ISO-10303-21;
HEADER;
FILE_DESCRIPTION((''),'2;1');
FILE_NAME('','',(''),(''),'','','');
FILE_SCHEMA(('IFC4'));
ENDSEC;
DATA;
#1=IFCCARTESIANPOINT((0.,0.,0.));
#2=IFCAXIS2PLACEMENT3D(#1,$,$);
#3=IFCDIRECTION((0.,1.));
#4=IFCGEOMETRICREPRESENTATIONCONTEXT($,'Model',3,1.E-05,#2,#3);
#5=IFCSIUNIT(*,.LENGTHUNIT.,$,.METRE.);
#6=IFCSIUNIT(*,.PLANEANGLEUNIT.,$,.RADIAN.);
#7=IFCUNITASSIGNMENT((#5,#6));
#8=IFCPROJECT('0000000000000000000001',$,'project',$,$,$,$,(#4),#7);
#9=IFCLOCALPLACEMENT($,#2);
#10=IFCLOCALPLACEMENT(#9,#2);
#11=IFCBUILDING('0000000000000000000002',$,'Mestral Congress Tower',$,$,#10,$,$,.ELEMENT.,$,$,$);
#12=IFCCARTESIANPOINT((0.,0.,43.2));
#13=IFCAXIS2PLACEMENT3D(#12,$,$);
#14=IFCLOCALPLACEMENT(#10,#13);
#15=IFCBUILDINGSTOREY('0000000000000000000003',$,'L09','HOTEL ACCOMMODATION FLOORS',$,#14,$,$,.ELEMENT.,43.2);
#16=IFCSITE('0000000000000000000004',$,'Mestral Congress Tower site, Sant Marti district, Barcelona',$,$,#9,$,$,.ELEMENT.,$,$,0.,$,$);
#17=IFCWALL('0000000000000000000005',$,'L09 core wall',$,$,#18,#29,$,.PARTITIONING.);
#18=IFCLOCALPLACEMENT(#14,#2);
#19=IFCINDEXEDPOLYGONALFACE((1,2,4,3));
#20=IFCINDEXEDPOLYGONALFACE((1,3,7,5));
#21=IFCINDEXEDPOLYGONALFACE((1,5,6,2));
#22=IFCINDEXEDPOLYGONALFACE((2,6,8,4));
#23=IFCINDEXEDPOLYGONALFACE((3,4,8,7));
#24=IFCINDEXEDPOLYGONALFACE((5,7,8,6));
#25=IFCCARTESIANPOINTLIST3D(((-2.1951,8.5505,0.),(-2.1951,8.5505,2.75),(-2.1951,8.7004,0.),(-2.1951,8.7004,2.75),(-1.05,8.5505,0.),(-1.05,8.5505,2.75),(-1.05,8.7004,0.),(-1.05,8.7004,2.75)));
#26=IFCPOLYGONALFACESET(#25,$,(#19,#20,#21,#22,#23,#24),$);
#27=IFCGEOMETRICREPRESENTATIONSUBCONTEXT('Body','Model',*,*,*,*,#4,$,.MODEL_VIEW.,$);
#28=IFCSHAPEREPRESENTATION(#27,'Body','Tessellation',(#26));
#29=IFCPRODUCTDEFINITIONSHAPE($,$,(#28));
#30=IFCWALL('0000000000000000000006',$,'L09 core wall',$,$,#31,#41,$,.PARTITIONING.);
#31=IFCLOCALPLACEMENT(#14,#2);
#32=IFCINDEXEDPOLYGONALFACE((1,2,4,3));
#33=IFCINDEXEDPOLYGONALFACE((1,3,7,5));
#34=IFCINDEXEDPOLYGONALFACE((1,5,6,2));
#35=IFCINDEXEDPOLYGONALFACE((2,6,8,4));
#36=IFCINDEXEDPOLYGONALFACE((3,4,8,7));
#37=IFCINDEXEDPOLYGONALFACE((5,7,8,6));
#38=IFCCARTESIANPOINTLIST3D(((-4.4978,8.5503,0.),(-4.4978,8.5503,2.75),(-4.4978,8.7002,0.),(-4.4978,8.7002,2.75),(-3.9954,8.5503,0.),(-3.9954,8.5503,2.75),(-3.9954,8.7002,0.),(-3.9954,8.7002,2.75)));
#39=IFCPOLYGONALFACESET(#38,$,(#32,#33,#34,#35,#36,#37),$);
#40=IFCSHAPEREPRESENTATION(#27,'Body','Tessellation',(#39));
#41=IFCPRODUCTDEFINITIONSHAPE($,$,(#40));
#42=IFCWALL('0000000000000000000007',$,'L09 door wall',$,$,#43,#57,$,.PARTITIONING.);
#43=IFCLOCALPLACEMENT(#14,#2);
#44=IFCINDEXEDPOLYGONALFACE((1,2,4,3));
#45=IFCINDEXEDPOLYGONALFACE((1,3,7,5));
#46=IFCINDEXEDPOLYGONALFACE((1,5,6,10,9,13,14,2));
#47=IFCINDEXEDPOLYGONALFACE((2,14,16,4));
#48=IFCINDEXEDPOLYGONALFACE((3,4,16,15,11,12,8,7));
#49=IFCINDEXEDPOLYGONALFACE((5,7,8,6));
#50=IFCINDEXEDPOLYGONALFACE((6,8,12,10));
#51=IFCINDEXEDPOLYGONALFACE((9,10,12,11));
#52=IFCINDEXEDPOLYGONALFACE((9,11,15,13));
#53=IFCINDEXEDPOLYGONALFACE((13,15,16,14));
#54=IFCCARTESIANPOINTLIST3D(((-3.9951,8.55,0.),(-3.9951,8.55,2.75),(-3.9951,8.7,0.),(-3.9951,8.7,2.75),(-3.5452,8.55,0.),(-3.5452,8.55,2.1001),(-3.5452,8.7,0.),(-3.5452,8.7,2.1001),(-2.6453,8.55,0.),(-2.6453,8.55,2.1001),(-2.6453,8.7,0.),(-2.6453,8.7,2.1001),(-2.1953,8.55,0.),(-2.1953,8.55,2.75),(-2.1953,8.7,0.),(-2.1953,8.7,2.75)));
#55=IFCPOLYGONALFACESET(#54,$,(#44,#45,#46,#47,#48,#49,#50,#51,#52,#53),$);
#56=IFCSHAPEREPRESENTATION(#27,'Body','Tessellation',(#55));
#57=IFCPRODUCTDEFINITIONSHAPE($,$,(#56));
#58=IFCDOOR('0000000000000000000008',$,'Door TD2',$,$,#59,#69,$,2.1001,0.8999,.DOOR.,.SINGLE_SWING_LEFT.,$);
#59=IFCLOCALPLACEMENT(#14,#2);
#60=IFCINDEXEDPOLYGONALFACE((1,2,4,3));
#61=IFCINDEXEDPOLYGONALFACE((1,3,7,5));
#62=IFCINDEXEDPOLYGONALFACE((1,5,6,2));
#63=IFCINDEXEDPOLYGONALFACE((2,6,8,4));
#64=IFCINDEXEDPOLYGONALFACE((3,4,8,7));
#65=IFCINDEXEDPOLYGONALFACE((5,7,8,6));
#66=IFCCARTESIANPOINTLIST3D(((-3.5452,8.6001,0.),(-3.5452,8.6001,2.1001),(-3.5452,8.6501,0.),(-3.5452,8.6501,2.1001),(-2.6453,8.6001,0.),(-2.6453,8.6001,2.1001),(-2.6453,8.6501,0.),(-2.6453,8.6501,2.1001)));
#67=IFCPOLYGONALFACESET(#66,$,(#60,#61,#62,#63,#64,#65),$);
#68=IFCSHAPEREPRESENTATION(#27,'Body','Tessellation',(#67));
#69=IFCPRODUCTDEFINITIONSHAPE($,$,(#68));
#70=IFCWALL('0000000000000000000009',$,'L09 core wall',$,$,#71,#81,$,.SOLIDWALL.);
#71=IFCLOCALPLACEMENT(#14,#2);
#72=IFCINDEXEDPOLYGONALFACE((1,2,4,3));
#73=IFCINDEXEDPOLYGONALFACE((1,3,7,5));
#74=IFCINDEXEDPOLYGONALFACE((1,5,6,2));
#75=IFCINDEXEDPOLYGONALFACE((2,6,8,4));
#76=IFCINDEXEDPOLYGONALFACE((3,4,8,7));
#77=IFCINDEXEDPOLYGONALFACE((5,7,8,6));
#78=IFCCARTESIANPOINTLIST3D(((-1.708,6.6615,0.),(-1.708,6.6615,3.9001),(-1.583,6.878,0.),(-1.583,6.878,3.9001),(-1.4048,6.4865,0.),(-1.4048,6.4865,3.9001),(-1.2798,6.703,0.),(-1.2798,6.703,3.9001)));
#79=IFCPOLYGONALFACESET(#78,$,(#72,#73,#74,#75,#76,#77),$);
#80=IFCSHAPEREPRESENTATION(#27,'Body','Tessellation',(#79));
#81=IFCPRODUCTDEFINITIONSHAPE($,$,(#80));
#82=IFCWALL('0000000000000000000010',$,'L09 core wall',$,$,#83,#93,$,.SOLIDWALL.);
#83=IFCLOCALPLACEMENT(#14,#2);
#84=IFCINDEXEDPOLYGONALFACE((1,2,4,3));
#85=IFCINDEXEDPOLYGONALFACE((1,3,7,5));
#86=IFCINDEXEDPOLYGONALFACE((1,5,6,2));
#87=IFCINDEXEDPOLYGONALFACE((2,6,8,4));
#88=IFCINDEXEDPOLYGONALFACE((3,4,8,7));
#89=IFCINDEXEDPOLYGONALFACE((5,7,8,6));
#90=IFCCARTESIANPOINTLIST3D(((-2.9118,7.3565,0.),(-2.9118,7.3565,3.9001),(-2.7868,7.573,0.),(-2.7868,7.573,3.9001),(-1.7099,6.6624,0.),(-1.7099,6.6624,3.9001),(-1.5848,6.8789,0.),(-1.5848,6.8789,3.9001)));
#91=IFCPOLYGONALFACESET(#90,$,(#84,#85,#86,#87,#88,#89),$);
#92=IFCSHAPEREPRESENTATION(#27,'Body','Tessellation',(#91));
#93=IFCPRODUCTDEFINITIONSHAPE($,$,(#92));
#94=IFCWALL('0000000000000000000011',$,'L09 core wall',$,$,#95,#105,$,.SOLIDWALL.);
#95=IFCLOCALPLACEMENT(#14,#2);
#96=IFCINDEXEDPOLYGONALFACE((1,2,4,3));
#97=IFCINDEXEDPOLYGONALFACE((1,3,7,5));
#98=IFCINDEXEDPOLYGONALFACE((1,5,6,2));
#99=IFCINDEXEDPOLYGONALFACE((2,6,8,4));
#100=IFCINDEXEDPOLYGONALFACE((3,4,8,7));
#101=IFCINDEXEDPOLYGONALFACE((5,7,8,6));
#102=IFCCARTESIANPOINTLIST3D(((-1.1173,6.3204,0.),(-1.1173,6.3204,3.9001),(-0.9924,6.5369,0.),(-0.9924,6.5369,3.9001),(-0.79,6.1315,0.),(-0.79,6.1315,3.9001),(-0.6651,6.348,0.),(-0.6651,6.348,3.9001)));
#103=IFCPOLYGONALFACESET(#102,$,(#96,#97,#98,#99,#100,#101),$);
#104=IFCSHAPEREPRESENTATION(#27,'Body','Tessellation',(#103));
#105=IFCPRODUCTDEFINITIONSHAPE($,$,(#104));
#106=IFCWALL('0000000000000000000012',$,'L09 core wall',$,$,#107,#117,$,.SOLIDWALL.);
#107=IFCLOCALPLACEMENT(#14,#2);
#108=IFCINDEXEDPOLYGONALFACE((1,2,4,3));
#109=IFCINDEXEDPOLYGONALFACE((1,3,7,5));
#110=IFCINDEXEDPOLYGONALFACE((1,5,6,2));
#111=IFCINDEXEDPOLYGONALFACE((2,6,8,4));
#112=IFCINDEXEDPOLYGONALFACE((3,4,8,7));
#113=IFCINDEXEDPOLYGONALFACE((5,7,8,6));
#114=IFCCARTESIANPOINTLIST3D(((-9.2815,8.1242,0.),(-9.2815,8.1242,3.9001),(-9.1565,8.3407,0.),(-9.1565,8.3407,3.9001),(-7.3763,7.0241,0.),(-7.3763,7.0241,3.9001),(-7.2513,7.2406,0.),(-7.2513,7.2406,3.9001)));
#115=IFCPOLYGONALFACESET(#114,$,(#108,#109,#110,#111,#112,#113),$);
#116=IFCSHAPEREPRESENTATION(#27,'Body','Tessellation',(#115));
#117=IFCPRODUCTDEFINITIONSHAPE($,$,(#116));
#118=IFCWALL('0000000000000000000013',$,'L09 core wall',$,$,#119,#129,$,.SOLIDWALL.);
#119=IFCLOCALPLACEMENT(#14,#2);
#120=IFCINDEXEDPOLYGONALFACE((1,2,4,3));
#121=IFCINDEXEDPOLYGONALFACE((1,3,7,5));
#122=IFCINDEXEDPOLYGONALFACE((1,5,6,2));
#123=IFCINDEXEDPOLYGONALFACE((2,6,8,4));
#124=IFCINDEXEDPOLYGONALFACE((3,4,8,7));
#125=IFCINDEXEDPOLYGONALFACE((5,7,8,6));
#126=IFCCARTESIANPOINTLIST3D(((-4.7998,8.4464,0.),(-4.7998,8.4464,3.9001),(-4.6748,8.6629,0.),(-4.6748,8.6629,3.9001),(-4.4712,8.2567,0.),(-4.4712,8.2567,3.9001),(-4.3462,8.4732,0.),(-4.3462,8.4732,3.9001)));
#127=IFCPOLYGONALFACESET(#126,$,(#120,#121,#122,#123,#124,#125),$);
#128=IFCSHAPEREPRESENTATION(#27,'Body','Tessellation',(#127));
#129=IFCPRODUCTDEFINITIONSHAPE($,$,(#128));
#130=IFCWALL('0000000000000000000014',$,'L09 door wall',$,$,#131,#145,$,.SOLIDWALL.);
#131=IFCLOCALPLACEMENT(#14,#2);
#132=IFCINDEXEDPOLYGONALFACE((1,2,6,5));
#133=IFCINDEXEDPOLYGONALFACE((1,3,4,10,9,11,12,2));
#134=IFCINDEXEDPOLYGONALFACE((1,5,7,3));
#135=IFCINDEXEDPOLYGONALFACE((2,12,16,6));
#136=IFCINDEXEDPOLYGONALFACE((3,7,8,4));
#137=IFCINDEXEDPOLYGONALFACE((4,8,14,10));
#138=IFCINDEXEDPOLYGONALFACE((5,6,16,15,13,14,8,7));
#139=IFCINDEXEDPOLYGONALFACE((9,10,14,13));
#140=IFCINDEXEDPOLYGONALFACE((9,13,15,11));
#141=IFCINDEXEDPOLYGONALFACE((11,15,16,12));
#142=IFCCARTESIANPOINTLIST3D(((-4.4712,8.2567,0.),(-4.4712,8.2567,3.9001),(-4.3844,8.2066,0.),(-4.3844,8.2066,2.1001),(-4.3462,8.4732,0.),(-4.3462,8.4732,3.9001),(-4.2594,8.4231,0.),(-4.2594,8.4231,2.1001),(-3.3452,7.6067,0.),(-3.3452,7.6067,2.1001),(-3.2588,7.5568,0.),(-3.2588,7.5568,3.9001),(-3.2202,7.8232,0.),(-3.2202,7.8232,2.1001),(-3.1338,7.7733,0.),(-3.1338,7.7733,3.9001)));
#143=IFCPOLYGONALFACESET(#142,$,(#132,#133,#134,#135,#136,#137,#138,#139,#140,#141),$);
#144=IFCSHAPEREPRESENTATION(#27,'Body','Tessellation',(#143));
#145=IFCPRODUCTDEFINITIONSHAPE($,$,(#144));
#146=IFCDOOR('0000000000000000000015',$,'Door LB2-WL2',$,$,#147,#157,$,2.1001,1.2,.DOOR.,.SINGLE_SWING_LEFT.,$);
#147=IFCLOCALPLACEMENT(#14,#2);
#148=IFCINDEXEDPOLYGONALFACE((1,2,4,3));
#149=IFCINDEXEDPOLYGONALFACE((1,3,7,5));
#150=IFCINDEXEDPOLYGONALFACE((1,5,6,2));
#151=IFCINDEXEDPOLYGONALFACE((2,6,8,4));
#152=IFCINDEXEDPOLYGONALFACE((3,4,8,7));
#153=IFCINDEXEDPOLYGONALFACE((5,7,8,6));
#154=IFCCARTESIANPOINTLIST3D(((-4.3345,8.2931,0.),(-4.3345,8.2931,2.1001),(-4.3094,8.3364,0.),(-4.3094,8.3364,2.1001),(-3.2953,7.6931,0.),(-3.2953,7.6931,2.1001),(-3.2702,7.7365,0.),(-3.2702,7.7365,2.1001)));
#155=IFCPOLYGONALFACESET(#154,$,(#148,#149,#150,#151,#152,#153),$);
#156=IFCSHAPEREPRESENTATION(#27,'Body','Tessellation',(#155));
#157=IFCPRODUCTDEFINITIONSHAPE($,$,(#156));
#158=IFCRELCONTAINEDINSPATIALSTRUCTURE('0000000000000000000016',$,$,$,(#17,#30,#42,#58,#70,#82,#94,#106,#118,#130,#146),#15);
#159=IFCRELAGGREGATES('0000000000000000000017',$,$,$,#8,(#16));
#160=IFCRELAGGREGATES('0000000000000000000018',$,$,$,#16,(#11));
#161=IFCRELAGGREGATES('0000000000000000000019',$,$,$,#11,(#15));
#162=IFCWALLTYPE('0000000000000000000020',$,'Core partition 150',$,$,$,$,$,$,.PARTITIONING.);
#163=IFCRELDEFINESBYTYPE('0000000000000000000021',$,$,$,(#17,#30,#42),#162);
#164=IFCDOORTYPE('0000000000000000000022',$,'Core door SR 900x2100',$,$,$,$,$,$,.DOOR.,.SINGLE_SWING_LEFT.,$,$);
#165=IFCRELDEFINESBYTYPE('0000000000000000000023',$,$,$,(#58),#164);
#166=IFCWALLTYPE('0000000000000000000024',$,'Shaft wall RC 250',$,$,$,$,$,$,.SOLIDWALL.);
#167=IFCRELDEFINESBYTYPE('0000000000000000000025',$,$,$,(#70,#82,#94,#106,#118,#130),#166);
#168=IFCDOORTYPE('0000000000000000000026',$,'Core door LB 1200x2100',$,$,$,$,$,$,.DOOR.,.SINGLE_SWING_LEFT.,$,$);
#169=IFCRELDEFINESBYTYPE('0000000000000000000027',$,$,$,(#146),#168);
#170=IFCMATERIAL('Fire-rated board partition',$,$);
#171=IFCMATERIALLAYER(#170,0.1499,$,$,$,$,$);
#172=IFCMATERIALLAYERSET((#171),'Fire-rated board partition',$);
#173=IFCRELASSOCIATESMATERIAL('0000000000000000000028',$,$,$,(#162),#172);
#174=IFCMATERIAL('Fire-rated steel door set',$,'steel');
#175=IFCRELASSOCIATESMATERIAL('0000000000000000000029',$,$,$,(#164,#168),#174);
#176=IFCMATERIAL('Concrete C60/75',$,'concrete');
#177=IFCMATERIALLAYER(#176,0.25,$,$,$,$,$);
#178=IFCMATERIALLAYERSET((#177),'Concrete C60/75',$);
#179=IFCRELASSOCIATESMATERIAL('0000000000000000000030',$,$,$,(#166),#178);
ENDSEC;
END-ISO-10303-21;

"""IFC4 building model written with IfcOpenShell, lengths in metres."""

from ifc_helpers import new_model, si_unit, direction, frame, frame_2d, origin, place, context, subcontext, project, spatial, rectangle, extrude, material, layer, layer_set, type_object, element, fill, save


model = new_model("IFC4")

# Units and contexts
model_context = context("Model", 3, precision=1e-05, world=origin(), true_north=direction((0.0, 1.0)))
body_context = subcontext(model_context, "Body", "Model", "MODEL_VIEW")
ifc_project = project(units=[si_unit("LENGTHUNIT", "METRE"), si_unit("PLANEANGLEUNIT", "RADIAN")], contexts=[model_context])

# Site, building, storey
site_placement = place(None, origin())
site = spatial("IfcSite", under=ifc_project, at=site_placement, Name="Mestral Congress Tower site, Sant Marti district, Barcelona", CompositionType="ELEMENT", RefElevation=0.0)
building_placement = place(site_placement, origin())
building = spatial("IfcBuilding", under=site, at=building_placement, Name="Mestral Congress Tower", CompositionType="ELEMENT")
storey_placement = place(building_placement, frame((0.0, 0.0, 43.2)))
storey = spatial("IfcBuildingStorey", under=building, at=storey_placement, Name="L09", Description="HOTEL ACCOMMODATION FLOORS", CompositionType="ELEMENT", Elevation=43.2)

# Walls
ifc_material_1 = material(Name="Fire-rated board partition")
ifc_layer_1 = layer(ifc_material_1, 0.1499)
ifc_layer_set_1 = layer_set([ifc_layer_1], Name="Fire-rated board partition")
wall_type_1 = type_object("IfcWallType", Name="Core partition 150", PredefinedType="PARTITIONING", material=ifc_layer_set_1)
wall_1_placement = place(storey_placement, frame((-2.1951, 8.6255, 0.0), z_axis=(0.0, 0.0, 1.0), x_axis=(1.0, 0.0, 0.0)))
element("IfcWall", 1, at=wall_1_placement, inside=storey, type_object=wall_type_1, Name="L09 core wall", PredefinedType="PARTITIONING", context=body_context, shape_type="SweptSolid", body=[
    extrude(rectangle(XDim=1.145, YDim=0.1499, at=frame_2d((0.5725, 0.0))), origin(), (0.0, 0.0, 1.0), 2.75),
])
wall_2_placement = place(storey_placement, frame((-4.4978, 8.6252, 0.0), z_axis=(0.0, 0.0, 1.0), x_axis=(1.0, 0.0, 0.0)))
element("IfcWall", 2, at=wall_2_placement, inside=storey, type_object=wall_type_1, Name="L09 core wall", PredefinedType="PARTITIONING", context=body_context, shape_type="SweptSolid", body=[
    extrude(rectangle(XDim=0.5024, YDim=0.1499, at=frame_2d((0.2512, 0.0))), origin(), (0.0, 0.0, 1.0), 2.75),
])

# Wall, opening, door
wall_3_placement = place(storey_placement, frame((-2.1953, 8.625, 0.0), z_axis=(0.0, 0.0, 1.0), x_axis=(-1.0, 0.0, 0.0)))
wall_3 = element("IfcWall", 3, at=wall_3_placement, inside=storey, type_object=wall_type_1, Name="L09 door wall", PredefinedType="PARTITIONING", context=body_context, shape_type="SweptSolid", body=[
    extrude(rectangle(XDim=1.7998, YDim=0.1499, at=frame_2d((0.8999, 0.0))), origin(), (0.0, 0.0, 1.0), 2.75),
])
opening_1_placement = place(wall_3_placement, frame((0.45, 0.0, 0.0)))
opening_1 = element("IfcOpeningElement", 4, at=opening_1_placement, cuts=wall_3, PredefinedType="OPENING", context=body_context, shape_type="SweptSolid", body=[
    extrude(rectangle(XDim=0.8999, YDim=2.1001, at=frame_2d((0.45, 1.05))), frame((0.0, 0.085, 0.0), z_axis=(0.0, -1.0, 0.0), x_axis=(1.0, 0.0, 0.0)), (0.0, 0.0, 1.0), 0.1699),
])
ifc_material_2 = material(Name="Fire-rated steel door set", Category="steel")
door_type_1 = type_object("IfcDoorType", Name="Core door SR 900x2100", OperationType="SINGLE_SWING_LEFT", PredefinedType="DOOR", material=ifc_material_2)
door_1_placement = place(opening_1_placement, origin())
door_1 = element("IfcDoor", 5, at=door_1_placement, inside=storey, type_object=door_type_1, Name="Door TD2", OperationType="SINGLE_SWING_LEFT", OverallHeight=2.1001, OverallWidth=0.8999, PredefinedType="DOOR", context=body_context, shape_type="SweptSolid", body=[
    extrude(rectangle(XDim=0.8999, YDim=2.1001, at=frame_2d((0.45, 1.05))), frame((0.0, 0.0249, 0.0), z_axis=(0.0, -1.0, 0.0), x_axis=(1.0, 0.0, 0.0)), (0.0, 0.0, 1.0), 0.05),
])
fill(opening_1, door_1)

# Walls
ifc_material_3 = material(Name="Concrete C60/75", Category="concrete")
ifc_layer_2 = layer(ifc_material_3, 0.25)
ifc_layer_set_2 = layer_set([ifc_layer_2], Name="Concrete C60/75")
wall_type_2 = type_object("IfcWallType", Name="Shaft wall RC 250", PredefinedType="SOLIDWALL", material=ifc_layer_set_2)
wall_4_placement = place(storey_placement, frame((-1.3423, 6.5947, 0.0), z_axis=(0.0, 0.0, 1.0), x_axis=(-0.866046, 0.499964, 0.0)))
element("IfcWall", 6, at=wall_4_placement, inside=storey, type_object=wall_type_2, Name="L09 core wall", PredefinedType="SOLIDWALL", context=body_context, shape_type="SweptSolid", body=[
    extrude(rectangle(XDim=0.3501, YDim=0.25, at=frame_2d((0.175, 0.0))), origin(), (0.0, 0.0, 1.0), 3.9001),
])
wall_5_placement = place(storey_placement, frame((-1.6475, 6.7708, 0.0), z_axis=(0.0, 0.0, 1.0), x_axis=(-0.865972, 0.500093, 0.0)))
element("IfcWall", 7, at=wall_5_placement, inside=storey, type_object=wall_type_2, Name="L09 core wall", PredefinedType="SOLIDWALL", context=body_context, shape_type="SweptSolid", body=[
    extrude(rectangle(XDim=1.3879, YDim=0.25, at=frame_2d((0.6938, 0.0))), origin(), (0.0, 0.0, 1.0), 3.9001),
])
wall_6_placement = place(storey_placement, frame((-0.7275, 6.2397, 0.0), z_axis=(0.0, 0.0, 1.0), x_axis=(-0.866089, 0.49989, 0.0)))
element("IfcWall", 8, at=wall_6_placement, inside=storey, type_object=wall_type_2, Name="L09 core wall", PredefinedType="SOLIDWALL", context=body_context, shape_type="SweptSolid", body=[
    extrude(rectangle(XDim=0.3779, YDim=0.25, at=frame_2d((0.189, 0.0))), origin(), (0.0, 0.0, 1.0), 3.9001),
])
wall_7_placement = place(storey_placement, frame((-7.3137, 7.1323, 0.0), z_axis=(0.0, 0.0, 1.0), x_axis=(-0.866008, 0.50003, 0.0)))
element("IfcWall", 9, at=wall_7_placement, inside=storey, type_object=wall_type_2, Name="L09 core wall", PredefinedType="SOLIDWALL", context=body_context, shape_type="SweptSolid", body=[
    extrude(rectangle(XDim=2.2, YDim=0.25, at=frame_2d((1.1001, 0.0))), origin(), (0.0, 0.0, 1.0), 3.9001),
])
wall_8_placement = place(storey_placement, frame((-4.4087, 8.365, 0.0), z_axis=(0.0, 0.0, 1.0), x_axis=(-0.866057, 0.499945, 0.0)))
element("IfcWall", 10, at=wall_8_placement, inside=storey, type_object=wall_type_2, Name="L09 core wall", PredefinedType="SOLIDWALL", context=body_context, shape_type="SweptSolid", body=[
    extrude(rectangle(XDim=0.3794, YDim=0.25, at=frame_2d((0.1897, 0.0))), origin(), (0.0, 0.0, 1.0), 3.9001),
])

# Wall, opening, door
wall_9_placement = place(storey_placement, frame((-4.4087, 8.365, 0.0), z_axis=(0.0, 0.0, 1.0), x_axis=(0.866035, -0.499984, 0.0)))
wall_9 = element("IfcWall", 11, at=wall_9_placement, inside=storey, type_object=wall_type_2, Name="L09 door wall", PredefinedType="SOLIDWALL", context=body_context, shape_type="SweptSolid", body=[
    extrude(rectangle(XDim=1.3999, YDim=0.25, at=frame_2d((0.7, 0.0))), origin(), (0.0, 0.0, 1.0), 3.9001),
])
opening_2_placement = place(wall_9_placement, frame((0.1001, 0.0, 0.0)))
opening_2 = element("IfcOpeningElement", 12, at=opening_2_placement, cuts=wall_9, PredefinedType="OPENING", context=body_context, shape_type="SweptSolid", body=[
    extrude(rectangle(XDim=1.2, YDim=2.1001, at=frame_2d((0.6001, 1.05))), frame((0.0, 0.135, 0.0), z_axis=(0.0, -1.0, 0.0), x_axis=(1.0, 0.0, 0.0)), (0.0, 0.0, 1.0), 0.27),
])
door_type_2 = type_object("IfcDoorType", Name="Core door LB 1200x2100", OperationType="SINGLE_SWING_LEFT", PredefinedType="DOOR", material=ifc_material_2)
door_2_placement = place(opening_2_placement, origin())
door_2 = element("IfcDoor", 13, at=door_2_placement, inside=storey, type_object=door_type_2, Name="Door LB2-WL2", OperationType="SINGLE_SWING_LEFT", OverallHeight=2.1001, OverallWidth=1.2, PredefinedType="DOOR", context=body_context, shape_type="SweptSolid", body=[
    extrude(rectangle(XDim=1.2, YDim=2.1001, at=frame_2d((0.6001, 1.05))), frame((0.0, 0.0249, 0.0), z_axis=(0.0, -1.0, 0.0), x_axis=(1.0, 0.0, 0.0)), (0.0, 0.0, 1.0), 0.05),
])
fill(opening_2, door_2)

save(model, "model.ifc")
